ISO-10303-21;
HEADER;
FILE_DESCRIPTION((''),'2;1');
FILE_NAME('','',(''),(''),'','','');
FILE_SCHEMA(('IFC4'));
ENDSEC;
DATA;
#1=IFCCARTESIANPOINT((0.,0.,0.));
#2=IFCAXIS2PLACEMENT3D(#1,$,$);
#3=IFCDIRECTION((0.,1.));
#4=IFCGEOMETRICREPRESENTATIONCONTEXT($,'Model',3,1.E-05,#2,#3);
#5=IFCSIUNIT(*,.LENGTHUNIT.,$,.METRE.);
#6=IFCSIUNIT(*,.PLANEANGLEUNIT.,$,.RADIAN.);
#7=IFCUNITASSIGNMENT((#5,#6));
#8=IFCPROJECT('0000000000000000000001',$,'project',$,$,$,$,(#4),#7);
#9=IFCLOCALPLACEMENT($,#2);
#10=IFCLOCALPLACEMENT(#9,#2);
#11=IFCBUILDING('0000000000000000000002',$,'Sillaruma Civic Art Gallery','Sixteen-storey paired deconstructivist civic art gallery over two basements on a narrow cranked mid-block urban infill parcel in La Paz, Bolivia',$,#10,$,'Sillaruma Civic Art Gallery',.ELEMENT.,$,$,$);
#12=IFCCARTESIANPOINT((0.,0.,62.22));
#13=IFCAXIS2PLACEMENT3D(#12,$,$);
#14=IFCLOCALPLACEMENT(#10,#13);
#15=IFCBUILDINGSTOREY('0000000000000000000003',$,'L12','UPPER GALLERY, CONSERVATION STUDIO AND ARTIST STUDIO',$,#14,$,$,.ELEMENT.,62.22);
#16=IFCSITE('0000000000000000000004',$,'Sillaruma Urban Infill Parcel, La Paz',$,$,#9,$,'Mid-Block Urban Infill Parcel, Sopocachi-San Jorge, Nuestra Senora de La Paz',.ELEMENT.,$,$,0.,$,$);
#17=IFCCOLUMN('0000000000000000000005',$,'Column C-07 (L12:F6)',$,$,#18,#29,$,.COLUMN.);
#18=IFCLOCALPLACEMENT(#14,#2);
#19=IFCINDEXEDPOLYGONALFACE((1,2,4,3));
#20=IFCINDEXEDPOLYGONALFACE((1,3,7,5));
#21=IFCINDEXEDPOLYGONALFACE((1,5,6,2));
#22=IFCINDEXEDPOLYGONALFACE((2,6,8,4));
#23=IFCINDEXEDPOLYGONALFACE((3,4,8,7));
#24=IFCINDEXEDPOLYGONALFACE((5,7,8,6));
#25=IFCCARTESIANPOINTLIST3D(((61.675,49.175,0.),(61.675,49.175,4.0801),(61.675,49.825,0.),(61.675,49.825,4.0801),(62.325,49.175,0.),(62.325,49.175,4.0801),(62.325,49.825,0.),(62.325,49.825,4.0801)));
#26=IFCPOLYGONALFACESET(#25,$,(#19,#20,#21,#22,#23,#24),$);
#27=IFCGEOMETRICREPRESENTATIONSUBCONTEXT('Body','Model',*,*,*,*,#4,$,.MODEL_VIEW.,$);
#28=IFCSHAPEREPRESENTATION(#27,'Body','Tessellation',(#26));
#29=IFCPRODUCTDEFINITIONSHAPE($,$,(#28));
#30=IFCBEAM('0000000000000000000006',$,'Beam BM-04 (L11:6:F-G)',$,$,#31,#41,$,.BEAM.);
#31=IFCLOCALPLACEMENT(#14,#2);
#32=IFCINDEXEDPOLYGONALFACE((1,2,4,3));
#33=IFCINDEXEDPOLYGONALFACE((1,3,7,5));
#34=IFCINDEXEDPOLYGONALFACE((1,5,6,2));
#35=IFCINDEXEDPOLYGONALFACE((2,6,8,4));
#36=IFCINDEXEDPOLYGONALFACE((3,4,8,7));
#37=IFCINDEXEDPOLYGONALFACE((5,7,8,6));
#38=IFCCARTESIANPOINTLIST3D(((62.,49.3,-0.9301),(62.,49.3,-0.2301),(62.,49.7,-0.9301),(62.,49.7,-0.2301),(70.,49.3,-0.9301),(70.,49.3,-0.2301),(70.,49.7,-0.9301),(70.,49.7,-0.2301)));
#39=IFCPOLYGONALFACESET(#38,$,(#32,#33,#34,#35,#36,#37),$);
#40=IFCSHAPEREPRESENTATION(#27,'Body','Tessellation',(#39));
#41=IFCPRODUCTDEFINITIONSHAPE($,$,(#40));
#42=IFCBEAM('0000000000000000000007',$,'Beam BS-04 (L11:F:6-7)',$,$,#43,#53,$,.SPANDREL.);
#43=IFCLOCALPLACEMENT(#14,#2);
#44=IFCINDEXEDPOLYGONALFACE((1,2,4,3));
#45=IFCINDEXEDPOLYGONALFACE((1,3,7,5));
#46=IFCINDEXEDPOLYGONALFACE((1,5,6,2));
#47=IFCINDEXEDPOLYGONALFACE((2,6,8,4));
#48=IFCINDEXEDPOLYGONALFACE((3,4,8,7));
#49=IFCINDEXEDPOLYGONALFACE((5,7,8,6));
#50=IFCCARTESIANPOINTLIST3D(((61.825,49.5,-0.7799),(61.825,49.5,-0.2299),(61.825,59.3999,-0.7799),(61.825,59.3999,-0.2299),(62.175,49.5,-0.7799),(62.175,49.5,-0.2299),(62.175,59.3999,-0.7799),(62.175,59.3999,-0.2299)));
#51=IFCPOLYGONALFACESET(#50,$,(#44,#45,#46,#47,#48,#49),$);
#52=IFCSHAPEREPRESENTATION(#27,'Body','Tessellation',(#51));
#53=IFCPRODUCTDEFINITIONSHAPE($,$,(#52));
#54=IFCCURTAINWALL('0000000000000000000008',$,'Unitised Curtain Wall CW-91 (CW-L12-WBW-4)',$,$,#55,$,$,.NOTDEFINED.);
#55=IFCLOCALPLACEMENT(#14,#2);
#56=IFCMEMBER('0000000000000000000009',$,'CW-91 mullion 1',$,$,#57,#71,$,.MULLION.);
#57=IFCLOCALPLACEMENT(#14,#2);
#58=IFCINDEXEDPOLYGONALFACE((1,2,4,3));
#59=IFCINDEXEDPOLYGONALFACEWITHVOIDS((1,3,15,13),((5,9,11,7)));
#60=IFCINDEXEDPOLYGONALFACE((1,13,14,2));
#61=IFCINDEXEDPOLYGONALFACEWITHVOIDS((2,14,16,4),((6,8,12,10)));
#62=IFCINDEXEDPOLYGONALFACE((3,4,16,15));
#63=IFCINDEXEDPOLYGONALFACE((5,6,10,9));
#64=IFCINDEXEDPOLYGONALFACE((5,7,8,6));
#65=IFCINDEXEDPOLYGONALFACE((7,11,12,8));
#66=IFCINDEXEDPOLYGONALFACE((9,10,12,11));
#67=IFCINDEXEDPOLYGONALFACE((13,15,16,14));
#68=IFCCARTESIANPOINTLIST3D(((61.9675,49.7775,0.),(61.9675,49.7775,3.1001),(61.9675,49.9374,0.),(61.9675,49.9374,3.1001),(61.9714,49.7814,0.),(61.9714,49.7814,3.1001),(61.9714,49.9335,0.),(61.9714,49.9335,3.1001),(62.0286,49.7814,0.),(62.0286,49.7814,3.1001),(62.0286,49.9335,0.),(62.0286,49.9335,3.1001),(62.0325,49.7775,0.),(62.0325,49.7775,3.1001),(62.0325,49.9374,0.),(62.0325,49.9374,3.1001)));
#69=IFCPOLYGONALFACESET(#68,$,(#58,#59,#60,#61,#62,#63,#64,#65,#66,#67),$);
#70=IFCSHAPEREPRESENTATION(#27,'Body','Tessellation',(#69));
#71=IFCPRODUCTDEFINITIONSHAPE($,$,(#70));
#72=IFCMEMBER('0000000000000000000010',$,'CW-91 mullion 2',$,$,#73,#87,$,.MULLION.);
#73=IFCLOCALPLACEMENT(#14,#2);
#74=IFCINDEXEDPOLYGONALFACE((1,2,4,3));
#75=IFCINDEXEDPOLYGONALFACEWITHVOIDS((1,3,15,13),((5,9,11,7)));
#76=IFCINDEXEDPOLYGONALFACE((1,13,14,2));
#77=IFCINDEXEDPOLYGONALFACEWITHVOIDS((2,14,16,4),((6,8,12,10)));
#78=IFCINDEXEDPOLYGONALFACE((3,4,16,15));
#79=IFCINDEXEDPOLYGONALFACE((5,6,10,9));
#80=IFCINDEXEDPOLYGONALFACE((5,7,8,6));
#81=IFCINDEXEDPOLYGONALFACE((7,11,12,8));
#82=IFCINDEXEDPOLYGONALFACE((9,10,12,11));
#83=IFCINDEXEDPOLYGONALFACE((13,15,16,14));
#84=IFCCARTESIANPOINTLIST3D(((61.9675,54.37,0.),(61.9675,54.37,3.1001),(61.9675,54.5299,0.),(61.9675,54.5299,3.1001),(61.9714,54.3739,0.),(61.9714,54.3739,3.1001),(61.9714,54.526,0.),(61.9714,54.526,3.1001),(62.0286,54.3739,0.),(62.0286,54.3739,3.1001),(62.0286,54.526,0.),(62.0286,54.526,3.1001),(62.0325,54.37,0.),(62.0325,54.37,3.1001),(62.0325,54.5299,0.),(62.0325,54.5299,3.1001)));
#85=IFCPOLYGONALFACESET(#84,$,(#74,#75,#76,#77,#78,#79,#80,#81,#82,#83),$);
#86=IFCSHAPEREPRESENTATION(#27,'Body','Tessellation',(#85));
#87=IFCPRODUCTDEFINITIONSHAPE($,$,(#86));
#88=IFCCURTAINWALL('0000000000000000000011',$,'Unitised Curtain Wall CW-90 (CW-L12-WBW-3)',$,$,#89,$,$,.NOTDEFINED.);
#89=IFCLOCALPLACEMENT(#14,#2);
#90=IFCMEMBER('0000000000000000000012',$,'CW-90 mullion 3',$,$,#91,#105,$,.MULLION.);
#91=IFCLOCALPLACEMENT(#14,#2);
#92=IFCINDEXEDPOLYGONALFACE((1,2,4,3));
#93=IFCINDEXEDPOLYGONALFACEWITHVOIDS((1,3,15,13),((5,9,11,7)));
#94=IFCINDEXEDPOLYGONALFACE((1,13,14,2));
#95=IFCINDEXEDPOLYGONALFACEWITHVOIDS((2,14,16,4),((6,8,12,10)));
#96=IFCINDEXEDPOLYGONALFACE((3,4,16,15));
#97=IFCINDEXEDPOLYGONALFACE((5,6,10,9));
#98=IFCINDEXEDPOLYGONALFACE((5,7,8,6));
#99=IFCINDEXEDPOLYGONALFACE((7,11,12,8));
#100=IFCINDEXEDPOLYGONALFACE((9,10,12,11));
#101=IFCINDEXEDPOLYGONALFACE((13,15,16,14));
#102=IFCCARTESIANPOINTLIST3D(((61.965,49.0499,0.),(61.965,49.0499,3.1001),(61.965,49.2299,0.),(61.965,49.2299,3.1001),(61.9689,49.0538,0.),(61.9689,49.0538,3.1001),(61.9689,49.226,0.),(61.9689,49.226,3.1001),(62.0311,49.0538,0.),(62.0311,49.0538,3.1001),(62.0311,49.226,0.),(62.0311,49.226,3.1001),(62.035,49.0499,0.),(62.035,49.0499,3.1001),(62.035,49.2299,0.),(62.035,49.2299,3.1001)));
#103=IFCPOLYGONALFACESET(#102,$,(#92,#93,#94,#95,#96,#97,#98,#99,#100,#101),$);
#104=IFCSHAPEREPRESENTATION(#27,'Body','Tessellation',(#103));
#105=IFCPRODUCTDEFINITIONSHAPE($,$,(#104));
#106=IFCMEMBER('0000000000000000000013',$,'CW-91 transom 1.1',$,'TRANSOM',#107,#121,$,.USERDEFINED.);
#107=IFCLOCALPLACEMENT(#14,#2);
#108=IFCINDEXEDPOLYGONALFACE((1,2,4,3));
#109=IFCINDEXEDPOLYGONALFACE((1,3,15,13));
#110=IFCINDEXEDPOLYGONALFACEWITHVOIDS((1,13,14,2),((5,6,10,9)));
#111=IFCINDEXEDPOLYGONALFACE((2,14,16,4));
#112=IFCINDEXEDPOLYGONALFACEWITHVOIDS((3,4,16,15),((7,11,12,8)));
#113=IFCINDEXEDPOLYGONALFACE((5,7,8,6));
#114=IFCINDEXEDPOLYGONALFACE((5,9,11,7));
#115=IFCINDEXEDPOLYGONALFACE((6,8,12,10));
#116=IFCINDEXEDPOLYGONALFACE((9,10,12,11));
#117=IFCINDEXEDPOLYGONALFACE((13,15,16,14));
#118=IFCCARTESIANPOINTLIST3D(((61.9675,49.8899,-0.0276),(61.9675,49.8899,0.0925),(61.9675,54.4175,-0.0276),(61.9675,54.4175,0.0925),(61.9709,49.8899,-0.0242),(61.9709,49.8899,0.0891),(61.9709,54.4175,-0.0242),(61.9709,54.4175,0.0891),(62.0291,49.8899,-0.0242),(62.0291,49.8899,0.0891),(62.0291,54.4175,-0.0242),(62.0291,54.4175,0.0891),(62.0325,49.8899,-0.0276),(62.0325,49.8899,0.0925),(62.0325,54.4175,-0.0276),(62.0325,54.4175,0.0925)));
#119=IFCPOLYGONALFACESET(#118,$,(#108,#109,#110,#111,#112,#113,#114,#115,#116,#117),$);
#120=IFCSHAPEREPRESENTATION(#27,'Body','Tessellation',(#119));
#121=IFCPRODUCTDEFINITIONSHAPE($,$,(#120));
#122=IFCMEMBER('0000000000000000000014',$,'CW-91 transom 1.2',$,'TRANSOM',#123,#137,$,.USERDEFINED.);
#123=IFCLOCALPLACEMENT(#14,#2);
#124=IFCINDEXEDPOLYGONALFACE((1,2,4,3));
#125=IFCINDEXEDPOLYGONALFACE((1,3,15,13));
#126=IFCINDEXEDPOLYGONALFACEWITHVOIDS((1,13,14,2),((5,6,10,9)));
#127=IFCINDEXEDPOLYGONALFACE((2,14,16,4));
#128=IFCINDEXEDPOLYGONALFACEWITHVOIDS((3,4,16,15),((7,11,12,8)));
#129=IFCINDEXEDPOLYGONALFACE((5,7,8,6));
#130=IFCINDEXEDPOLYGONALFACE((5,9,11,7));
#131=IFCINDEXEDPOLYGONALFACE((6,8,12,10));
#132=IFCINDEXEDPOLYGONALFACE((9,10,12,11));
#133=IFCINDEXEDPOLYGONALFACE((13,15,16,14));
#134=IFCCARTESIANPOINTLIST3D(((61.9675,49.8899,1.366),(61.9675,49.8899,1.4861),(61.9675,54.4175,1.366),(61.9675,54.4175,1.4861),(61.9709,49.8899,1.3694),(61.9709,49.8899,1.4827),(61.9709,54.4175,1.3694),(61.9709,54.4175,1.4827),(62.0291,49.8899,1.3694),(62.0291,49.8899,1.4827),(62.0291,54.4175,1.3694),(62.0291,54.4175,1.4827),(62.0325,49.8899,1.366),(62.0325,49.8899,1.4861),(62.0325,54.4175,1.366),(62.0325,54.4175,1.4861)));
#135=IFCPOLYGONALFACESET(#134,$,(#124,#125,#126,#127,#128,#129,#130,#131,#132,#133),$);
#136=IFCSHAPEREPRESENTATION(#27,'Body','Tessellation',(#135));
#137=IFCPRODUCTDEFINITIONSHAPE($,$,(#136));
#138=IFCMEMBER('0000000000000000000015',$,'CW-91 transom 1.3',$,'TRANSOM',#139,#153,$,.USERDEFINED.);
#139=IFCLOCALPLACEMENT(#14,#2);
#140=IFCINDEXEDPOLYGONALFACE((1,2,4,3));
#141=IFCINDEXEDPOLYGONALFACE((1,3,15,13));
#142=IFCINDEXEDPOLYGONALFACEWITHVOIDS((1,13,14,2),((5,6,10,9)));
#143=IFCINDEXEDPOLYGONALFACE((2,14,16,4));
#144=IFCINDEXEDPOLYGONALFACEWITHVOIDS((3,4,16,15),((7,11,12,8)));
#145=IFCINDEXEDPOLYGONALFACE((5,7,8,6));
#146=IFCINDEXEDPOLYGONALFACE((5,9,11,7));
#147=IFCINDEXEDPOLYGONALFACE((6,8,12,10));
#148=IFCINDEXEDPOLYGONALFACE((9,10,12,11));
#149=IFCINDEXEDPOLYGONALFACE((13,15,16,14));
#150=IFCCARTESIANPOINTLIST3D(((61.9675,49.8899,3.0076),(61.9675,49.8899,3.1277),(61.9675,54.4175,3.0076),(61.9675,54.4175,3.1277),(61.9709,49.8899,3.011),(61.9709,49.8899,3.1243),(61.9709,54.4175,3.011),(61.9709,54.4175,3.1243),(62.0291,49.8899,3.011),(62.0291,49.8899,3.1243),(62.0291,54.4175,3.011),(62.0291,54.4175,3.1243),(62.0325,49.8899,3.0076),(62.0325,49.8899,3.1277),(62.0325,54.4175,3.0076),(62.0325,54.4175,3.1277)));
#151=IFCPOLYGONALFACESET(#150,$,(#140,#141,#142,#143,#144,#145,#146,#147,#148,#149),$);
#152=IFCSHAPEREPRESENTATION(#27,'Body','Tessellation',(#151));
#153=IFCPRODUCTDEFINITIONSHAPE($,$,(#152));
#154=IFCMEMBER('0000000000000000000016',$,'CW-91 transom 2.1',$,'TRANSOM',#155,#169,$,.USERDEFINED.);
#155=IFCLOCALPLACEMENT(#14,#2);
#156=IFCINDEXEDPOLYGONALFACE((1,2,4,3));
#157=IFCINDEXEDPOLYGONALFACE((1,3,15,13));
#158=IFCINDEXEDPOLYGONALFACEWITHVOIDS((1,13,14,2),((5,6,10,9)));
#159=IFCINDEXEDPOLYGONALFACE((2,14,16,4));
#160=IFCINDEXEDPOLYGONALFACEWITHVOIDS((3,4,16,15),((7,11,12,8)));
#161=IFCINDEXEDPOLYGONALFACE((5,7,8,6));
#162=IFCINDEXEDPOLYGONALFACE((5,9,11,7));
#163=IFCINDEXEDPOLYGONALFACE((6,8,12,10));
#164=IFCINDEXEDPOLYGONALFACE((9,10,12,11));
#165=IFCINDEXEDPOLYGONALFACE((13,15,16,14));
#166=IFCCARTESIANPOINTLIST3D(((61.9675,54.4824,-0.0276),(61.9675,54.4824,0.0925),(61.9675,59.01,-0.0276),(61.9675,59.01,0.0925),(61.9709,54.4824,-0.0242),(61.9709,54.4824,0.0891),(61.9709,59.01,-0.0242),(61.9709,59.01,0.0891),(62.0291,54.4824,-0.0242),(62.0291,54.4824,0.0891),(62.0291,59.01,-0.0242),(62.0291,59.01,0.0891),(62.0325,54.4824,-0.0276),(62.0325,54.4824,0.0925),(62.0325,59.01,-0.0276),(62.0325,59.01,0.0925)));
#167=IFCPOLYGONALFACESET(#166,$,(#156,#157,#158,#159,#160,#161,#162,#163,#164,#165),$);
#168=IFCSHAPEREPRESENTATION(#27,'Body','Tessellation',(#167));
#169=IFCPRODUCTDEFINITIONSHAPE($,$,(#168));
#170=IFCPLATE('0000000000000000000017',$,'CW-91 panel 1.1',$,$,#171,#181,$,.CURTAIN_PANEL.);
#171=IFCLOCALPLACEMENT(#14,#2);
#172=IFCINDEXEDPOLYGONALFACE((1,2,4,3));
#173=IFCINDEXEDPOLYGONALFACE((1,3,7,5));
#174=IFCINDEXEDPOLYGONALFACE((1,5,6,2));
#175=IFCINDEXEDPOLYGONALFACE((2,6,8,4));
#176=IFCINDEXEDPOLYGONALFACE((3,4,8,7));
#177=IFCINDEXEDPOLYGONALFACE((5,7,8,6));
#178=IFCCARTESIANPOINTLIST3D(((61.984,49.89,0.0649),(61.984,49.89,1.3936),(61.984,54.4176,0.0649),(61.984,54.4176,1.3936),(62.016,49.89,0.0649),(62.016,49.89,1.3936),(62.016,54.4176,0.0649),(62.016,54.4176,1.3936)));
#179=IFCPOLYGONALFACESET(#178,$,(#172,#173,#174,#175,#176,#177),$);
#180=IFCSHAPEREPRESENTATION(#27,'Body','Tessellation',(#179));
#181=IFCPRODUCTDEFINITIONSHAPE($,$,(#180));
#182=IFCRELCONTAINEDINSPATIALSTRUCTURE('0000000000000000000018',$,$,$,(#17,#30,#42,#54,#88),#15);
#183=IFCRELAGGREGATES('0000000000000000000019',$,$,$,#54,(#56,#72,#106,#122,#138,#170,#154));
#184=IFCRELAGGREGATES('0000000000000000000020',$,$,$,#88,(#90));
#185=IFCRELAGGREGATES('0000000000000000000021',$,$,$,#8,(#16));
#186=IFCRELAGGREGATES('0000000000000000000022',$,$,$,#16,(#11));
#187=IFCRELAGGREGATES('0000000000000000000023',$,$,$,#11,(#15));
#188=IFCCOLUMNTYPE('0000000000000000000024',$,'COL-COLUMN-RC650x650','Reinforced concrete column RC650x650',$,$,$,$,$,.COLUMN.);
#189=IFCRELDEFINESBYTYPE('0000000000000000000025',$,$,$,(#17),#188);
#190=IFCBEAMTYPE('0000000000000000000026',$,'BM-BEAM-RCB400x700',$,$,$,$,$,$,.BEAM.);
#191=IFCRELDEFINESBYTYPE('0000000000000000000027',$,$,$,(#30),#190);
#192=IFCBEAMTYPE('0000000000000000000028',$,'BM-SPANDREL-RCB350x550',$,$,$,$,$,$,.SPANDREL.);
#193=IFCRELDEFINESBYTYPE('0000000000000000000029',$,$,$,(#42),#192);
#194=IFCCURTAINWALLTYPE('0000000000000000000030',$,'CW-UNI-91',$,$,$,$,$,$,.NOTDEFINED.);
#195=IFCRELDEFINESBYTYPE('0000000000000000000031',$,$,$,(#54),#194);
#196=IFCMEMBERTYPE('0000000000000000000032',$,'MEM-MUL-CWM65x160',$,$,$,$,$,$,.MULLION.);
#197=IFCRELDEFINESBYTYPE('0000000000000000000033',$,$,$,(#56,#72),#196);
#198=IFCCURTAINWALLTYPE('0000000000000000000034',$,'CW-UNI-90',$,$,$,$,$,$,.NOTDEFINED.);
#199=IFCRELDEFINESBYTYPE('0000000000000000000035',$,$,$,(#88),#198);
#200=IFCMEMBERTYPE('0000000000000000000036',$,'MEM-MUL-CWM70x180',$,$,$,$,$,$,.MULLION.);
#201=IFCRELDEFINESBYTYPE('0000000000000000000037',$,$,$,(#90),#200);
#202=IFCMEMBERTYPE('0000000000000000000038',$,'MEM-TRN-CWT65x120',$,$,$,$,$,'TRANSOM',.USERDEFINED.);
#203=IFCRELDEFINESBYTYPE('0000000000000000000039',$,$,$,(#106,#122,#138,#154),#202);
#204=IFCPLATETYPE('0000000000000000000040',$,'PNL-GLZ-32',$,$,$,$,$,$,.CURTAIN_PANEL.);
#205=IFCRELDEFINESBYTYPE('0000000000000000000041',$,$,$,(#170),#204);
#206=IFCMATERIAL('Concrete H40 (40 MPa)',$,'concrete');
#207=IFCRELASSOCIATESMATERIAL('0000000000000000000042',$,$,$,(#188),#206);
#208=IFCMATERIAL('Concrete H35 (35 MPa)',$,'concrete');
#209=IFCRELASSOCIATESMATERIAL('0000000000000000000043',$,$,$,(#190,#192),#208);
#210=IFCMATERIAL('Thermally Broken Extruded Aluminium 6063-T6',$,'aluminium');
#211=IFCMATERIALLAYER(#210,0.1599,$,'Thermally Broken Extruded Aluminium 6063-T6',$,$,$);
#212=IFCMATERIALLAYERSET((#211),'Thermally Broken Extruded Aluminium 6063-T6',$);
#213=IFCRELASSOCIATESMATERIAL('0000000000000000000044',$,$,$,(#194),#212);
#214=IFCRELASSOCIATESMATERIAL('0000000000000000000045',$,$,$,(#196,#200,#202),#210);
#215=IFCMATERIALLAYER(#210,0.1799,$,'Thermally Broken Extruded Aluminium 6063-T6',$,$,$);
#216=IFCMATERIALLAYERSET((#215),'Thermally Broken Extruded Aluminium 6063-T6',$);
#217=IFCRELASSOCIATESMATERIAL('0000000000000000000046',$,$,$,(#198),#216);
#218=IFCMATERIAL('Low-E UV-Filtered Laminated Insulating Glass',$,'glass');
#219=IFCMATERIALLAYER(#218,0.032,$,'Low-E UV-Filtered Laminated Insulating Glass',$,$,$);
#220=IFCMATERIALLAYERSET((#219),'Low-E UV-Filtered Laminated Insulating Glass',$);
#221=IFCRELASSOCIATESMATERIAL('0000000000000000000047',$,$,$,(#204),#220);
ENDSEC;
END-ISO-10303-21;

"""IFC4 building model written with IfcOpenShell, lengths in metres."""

from ifc_helpers import new_model, si_unit, direction, frame, origin, origin_2d, place, context, subcontext, project, spatial, rectangle, hollow_rectangle, extrude, material, layer, layer_set, material_profile, profile_set, type_object, element, aggregate, save


model = new_model("IFC4")

# Units and contexts
model_context = context("Model", 3, precision=1e-05, world=origin(), true_north=direction((0.0, 1.0)))
body_context = subcontext(model_context, "Body", "Model", "MODEL_VIEW")
ifc_project = project(units=[si_unit("LENGTHUNIT", "METRE"), si_unit("PLANEANGLEUNIT", "RADIAN")], contexts=[model_context])

# Site, building, storey
site_placement = place(None, origin())
site = spatial("IfcSite", under=ifc_project, at=site_placement, Name="Sillaruma Urban Infill Parcel, La Paz", LongName="Mid-Block Urban Infill Parcel, Sopocachi-San Jorge, Nuestra Senora de La Paz", CompositionType="ELEMENT", RefElevation=0.0)
building_placement = place(site_placement, origin())
building = spatial("IfcBuilding", under=site, at=building_placement, Name="Sillaruma Civic Art Gallery", Description="Sixteen-storey paired deconstructivist civic art gallery over two basements on a narrow cranked mid-block urban infill parcel in La Paz, Bolivia", LongName="Sillaruma Civic Art Gallery", CompositionType="ELEMENT")
storey_placement = place(building_placement, frame((0.0, 0.0, 62.22)))
storey = spatial("IfcBuildingStorey", under=building, at=storey_placement, Name="L12", Description="UPPER GALLERY, CONSERVATION STUDIO AND ARTIST STUDIO", CompositionType="ELEMENT", Elevation=62.22)

# Column
ifc_material_1 = material(Name="Concrete H40 (40 MPa)", Category="concrete")
ifc_material_profile_1 = material_profile(ifc_material_1, rectangle(XDim=0.6499, YDim=0.6499, at=origin_2d()), Name="RC650x650")
ifc_profile_set_1 = profile_set([ifc_material_profile_1], Name="Concrete H40 (40 MPa)")
column_type = type_object("IfcColumnType", Name="COL-COLUMN-RC650x650", Description="Reinforced concrete column RC650x650", PredefinedType="COLUMN", material=ifc_profile_set_1)
column_placement = place(storey_placement, frame((62.0, 49.5, 0.0), z_axis=(0.0, 0.0, 1.0), x_axis=(1.0, 0.0, 0.0)))
element("IfcColumn", 1, at=column_placement, inside=storey, type_object=column_type, Name="Column C-07 (L12:F6)", PredefinedType="COLUMN", context=body_context, shape_type="SweptSolid", body=[
    extrude(rectangle(XDim=0.6499, YDim=0.6499, at=origin_2d()), origin(), (0.0, 0.0, 1.0), 4.0801),
])

# Beams
ifc_material_2 = material(Name="Concrete H35 (35 MPa)", Category="concrete")
ifc_material_profile_2 = material_profile(ifc_material_2, rectangle(XDim=0.3999, YDim=0.7, at=origin_2d()), Name="RCB400x700")
ifc_profile_set_2 = profile_set([ifc_material_profile_2], Name="Concrete H35 (35 MPa)")
beam_type_1 = type_object("IfcBeamType", Name="BM-BEAM-RCB400x700", PredefinedType="BEAM", material=ifc_profile_set_2)
beam_1_placement = place(storey_placement, frame((62.0, 49.5, -0.5801), z_axis=(1.0, 0.0, 0.0), x_axis=(0.0, 1.0, 0.0)))
element("IfcBeam", 2, at=beam_1_placement, inside=storey, type_object=beam_type_1, Name="Beam BM-04 (L11:6:F-G)", PredefinedType="BEAM", context=body_context, shape_type="SweptSolid", body=[
    extrude(rectangle(XDim=0.3999, YDim=0.7, at=origin_2d()), origin(), (0.0, 0.0, 1.0), 8.0),
])
ifc_material_profile_3 = material_profile(ifc_material_2, rectangle(XDim=0.3501, YDim=0.55, at=origin_2d()), Name="RCB350x550")
ifc_profile_set_3 = profile_set([ifc_material_profile_3], Name="Concrete H35 (35 MPa)")
beam_type_2 = type_object("IfcBeamType", Name="BM-SPANDREL-RCB350x550", PredefinedType="SPANDREL", material=ifc_profile_set_3)
beam_2_placement = place(storey_placement, frame((62.0, 49.5, -0.5049), z_axis=(0.0, 1.0, 0.0), x_axis=(-1.0, 0.0, 0.0)))
element("IfcBeam", 3, at=beam_2_placement, inside=storey, type_object=beam_type_2, Name="Beam BS-04 (L11:F:6-7)", PredefinedType="SPANDREL", context=body_context, shape_type="SweptSolid", body=[
    extrude(rectangle(XDim=0.3501, YDim=0.55, at=origin_2d()), origin(), (0.0, 0.0, 1.0), 9.8999),
])

# Curtain wall, members
ifc_material_3 = material(Name="Thermally Broken Extruded Aluminium 6063-T6", Category="aluminium")
ifc_layer_1 = layer(ifc_material_3, 0.1599, Name="Thermally Broken Extruded Aluminium 6063-T6")
ifc_layer_set_1 = layer_set([ifc_layer_1], Name="Thermally Broken Extruded Aluminium 6063-T6")
curtain_wall_type_1 = type_object("IfcCurtainWallType", Name="CW-UNI-91", PredefinedType="NOTDEFINED", material=ifc_layer_set_1)
curtain_wall_1_placement = place(storey_placement, origin())
curtain_wall_1 = element("IfcCurtainWall", 4, at=curtain_wall_1_placement, inside=storey, type_object=curtain_wall_type_1, Name="Unitised Curtain Wall CW-91 (CW-L12-WBW-4)", PredefinedType="NOTDEFINED")
ifc_material_profile_4 = material_profile(ifc_material_3, hollow_rectangle(XDim=0.0649, YDim=0.1599, WallThickness=0.0039, at=origin_2d()), Name="CWM65x160")
ifc_profile_set_4 = profile_set([ifc_material_profile_4], Name="Thermally Broken Extruded Aluminium 6063-T6")
member_type_1 = type_object("IfcMemberType", Name="MEM-MUL-CWM65x160", PredefinedType="MULLION", material=ifc_profile_set_4)
member_1_placement = place(storey_placement, frame((62.0, 49.8574, 0.0), z_axis=(0.0, 0.0, 1.0), x_axis=(-1.0, 0.0, 0.0)))
member_1 = element("IfcMember", 5, at=member_1_placement, type_object=member_type_1, Name="CW-91 mullion 1", PredefinedType="MULLION", context=body_context, shape_type="SweptSolid", body=[
    extrude(hollow_rectangle(XDim=0.0649, YDim=0.1599, WallThickness=0.0039, at=origin_2d()), origin(), (0.0, 0.0, 1.0), 3.1001),
])
member_2_placement = place(storey_placement, frame((62.0, 54.45, 0.0), z_axis=(0.0, 0.0, 1.0), x_axis=(-1.0, 0.0, 0.0)))
member_2 = element("IfcMember", 6, at=member_2_placement, type_object=member_type_1, Name="CW-91 mullion 2", PredefinedType="MULLION", context=body_context, shape_type="SweptSolid", body=[
    extrude(hollow_rectangle(XDim=0.0649, YDim=0.1599, WallThickness=0.0039, at=origin_2d()), origin(), (0.0, 0.0, 1.0), 3.1001),
])

# Curtain wall, member
ifc_layer_2 = layer(ifc_material_3, 0.1799, Name="Thermally Broken Extruded Aluminium 6063-T6")
ifc_layer_set_2 = layer_set([ifc_layer_2], Name="Thermally Broken Extruded Aluminium 6063-T6")
curtain_wall_type_2 = type_object("IfcCurtainWallType", Name="CW-UNI-90", PredefinedType="NOTDEFINED", material=ifc_layer_set_2)
curtain_wall_2_placement = place(storey_placement, origin())
curtain_wall_2 = element("IfcCurtainWall", 7, at=curtain_wall_2_placement, inside=storey, type_object=curtain_wall_type_2, Name="Unitised Curtain Wall CW-90 (CW-L12-WBW-3)", PredefinedType="NOTDEFINED")
ifc_material_profile_5 = material_profile(ifc_material_3, hollow_rectangle(XDim=0.0701, YDim=0.1799, WallThickness=0.0039, at=origin_2d()), Name="CWM70x180")
ifc_profile_set_5 = profile_set([ifc_material_profile_5], Name="Thermally Broken Extruded Aluminium 6063-T6")
member_type_2 = type_object("IfcMemberType", Name="MEM-MUL-CWM70x180", PredefinedType="MULLION", material=ifc_profile_set_5)
member_3_placement = place(storey_placement, frame((62.0, 49.1399, 0.0), z_axis=(0.0, 0.0, 1.0), x_axis=(-1.0, 0.0, 0.0)))
member_3 = element("IfcMember", 8, at=member_3_placement, type_object=member_type_2, Name="CW-90 mullion 3", PredefinedType="MULLION", context=body_context, shape_type="SweptSolid", body=[
    extrude(hollow_rectangle(XDim=0.0701, YDim=0.1799, WallThickness=0.0039, at=origin_2d()), origin(), (0.0, 0.0, 1.0), 3.1001),
])

# Members
ifc_material_profile_6 = material_profile(ifc_material_3, hollow_rectangle(XDim=0.0649, YDim=0.1201, WallThickness=0.0034, at=origin_2d()), Name="CWT65x120")
ifc_profile_set_6 = profile_set([ifc_material_profile_6], Name="Thermally Broken Extruded Aluminium 6063-T6")
member_type_3 = type_object("IfcMemberType", Name="MEM-TRN-CWT65x120", ElementType="TRANSOM", PredefinedType="USERDEFINED", material=ifc_profile_set_6)
member_4_placement = place(storey_placement, frame((62.0, 49.8899, 0.0325), z_axis=(0.0, 1.0, 0.0), x_axis=(-1.0, 0.0, 0.0)))
member_4 = element("IfcMember", 9, at=member_4_placement, type_object=member_type_3, Name="CW-91 transom 1.1", ObjectType="TRANSOM", PredefinedType="USERDEFINED", context=body_context, shape_type="SweptSolid", body=[
    extrude(hollow_rectangle(XDim=0.0649, YDim=0.1201, WallThickness=0.0034, at=origin_2d()), origin(), (0.0, 0.0, 1.0), 4.5276),
])
member_5_placement = place(storey_placement, frame((62.0, 49.8899, 1.426), z_axis=(0.0, 1.0, 0.0), x_axis=(-1.0, 0.0, 0.0)))
member_5 = element("IfcMember", 10, at=member_5_placement, type_object=member_type_3, Name="CW-91 transom 1.2", ObjectType="TRANSOM", PredefinedType="USERDEFINED", context=body_context, shape_type="SweptSolid", body=[
    extrude(hollow_rectangle(XDim=0.0649, YDim=0.1201, WallThickness=0.0034, at=origin_2d()), origin(), (0.0, 0.0, 1.0), 4.5276),
])
member_6_placement = place(storey_placement, frame((62.0, 49.8899, 3.0676), z_axis=(0.0, 1.0, 0.0), x_axis=(-1.0, 0.0, 0.0)))
member_6 = element("IfcMember", 11, at=member_6_placement, type_object=member_type_3, Name="CW-91 transom 1.3", ObjectType="TRANSOM", PredefinedType="USERDEFINED", context=body_context, shape_type="SweptSolid", body=[
    extrude(hollow_rectangle(XDim=0.0649, YDim=0.1201, WallThickness=0.0034, at=origin_2d()), origin(), (0.0, 0.0, 1.0), 4.5276),
])
member_7_placement = place(storey_placement, frame((62.0, 54.4824, 0.0325), z_axis=(0.0, 1.0, 0.0), x_axis=(-1.0, 0.0, 0.0)))
member_7 = element("IfcMember", 12, at=member_7_placement, type_object=member_type_3, Name="CW-91 transom 2.1", ObjectType="TRANSOM", PredefinedType="USERDEFINED", context=body_context, shape_type="SweptSolid", body=[
    extrude(hollow_rectangle(XDim=0.0649, YDim=0.1201, WallThickness=0.0034, at=origin_2d()), origin(), (0.0, 0.0, 1.0), 4.5276),
])

# Plate
ifc_material_4 = material(Name="Low-E UV-Filtered Laminated Insulating Glass", Category="glass")
ifc_layer_3 = layer(ifc_material_4, 0.032, Name="Low-E UV-Filtered Laminated Insulating Glass")
ifc_layer_set_3 = layer_set([ifc_layer_3], Name="Low-E UV-Filtered Laminated Insulating Glass")
plate_type_1 = type_object("IfcPlateType", Name="PNL-GLZ-32", PredefinedType="CURTAIN_PANEL", material=ifc_layer_set_3)
plate_1_placement = place(storey_placement, frame((62.0, 52.1538, 0.0649), z_axis=(0.0, 0.0, 1.0), x_axis=(0.0, 1.0, 0.0)))
plate_1 = element("IfcPlate", 13, at=plate_1_placement, type_object=plate_type_1, Name="CW-91 panel 1.1", PredefinedType="CURTAIN_PANEL", context=body_context, shape_type="SweptSolid", body=[
    extrude(rectangle(XDim=4.5276, YDim=0.032, at=origin_2d()), origin(), (0.0, 0.0, 1.0), 1.3286),
])
aggregate(curtain_wall_1, [member_1, member_2, member_4, member_5, member_6, plate_1, member_7])
aggregate(curtain_wall_2, [member_3])

save(model, "model.ifc")
